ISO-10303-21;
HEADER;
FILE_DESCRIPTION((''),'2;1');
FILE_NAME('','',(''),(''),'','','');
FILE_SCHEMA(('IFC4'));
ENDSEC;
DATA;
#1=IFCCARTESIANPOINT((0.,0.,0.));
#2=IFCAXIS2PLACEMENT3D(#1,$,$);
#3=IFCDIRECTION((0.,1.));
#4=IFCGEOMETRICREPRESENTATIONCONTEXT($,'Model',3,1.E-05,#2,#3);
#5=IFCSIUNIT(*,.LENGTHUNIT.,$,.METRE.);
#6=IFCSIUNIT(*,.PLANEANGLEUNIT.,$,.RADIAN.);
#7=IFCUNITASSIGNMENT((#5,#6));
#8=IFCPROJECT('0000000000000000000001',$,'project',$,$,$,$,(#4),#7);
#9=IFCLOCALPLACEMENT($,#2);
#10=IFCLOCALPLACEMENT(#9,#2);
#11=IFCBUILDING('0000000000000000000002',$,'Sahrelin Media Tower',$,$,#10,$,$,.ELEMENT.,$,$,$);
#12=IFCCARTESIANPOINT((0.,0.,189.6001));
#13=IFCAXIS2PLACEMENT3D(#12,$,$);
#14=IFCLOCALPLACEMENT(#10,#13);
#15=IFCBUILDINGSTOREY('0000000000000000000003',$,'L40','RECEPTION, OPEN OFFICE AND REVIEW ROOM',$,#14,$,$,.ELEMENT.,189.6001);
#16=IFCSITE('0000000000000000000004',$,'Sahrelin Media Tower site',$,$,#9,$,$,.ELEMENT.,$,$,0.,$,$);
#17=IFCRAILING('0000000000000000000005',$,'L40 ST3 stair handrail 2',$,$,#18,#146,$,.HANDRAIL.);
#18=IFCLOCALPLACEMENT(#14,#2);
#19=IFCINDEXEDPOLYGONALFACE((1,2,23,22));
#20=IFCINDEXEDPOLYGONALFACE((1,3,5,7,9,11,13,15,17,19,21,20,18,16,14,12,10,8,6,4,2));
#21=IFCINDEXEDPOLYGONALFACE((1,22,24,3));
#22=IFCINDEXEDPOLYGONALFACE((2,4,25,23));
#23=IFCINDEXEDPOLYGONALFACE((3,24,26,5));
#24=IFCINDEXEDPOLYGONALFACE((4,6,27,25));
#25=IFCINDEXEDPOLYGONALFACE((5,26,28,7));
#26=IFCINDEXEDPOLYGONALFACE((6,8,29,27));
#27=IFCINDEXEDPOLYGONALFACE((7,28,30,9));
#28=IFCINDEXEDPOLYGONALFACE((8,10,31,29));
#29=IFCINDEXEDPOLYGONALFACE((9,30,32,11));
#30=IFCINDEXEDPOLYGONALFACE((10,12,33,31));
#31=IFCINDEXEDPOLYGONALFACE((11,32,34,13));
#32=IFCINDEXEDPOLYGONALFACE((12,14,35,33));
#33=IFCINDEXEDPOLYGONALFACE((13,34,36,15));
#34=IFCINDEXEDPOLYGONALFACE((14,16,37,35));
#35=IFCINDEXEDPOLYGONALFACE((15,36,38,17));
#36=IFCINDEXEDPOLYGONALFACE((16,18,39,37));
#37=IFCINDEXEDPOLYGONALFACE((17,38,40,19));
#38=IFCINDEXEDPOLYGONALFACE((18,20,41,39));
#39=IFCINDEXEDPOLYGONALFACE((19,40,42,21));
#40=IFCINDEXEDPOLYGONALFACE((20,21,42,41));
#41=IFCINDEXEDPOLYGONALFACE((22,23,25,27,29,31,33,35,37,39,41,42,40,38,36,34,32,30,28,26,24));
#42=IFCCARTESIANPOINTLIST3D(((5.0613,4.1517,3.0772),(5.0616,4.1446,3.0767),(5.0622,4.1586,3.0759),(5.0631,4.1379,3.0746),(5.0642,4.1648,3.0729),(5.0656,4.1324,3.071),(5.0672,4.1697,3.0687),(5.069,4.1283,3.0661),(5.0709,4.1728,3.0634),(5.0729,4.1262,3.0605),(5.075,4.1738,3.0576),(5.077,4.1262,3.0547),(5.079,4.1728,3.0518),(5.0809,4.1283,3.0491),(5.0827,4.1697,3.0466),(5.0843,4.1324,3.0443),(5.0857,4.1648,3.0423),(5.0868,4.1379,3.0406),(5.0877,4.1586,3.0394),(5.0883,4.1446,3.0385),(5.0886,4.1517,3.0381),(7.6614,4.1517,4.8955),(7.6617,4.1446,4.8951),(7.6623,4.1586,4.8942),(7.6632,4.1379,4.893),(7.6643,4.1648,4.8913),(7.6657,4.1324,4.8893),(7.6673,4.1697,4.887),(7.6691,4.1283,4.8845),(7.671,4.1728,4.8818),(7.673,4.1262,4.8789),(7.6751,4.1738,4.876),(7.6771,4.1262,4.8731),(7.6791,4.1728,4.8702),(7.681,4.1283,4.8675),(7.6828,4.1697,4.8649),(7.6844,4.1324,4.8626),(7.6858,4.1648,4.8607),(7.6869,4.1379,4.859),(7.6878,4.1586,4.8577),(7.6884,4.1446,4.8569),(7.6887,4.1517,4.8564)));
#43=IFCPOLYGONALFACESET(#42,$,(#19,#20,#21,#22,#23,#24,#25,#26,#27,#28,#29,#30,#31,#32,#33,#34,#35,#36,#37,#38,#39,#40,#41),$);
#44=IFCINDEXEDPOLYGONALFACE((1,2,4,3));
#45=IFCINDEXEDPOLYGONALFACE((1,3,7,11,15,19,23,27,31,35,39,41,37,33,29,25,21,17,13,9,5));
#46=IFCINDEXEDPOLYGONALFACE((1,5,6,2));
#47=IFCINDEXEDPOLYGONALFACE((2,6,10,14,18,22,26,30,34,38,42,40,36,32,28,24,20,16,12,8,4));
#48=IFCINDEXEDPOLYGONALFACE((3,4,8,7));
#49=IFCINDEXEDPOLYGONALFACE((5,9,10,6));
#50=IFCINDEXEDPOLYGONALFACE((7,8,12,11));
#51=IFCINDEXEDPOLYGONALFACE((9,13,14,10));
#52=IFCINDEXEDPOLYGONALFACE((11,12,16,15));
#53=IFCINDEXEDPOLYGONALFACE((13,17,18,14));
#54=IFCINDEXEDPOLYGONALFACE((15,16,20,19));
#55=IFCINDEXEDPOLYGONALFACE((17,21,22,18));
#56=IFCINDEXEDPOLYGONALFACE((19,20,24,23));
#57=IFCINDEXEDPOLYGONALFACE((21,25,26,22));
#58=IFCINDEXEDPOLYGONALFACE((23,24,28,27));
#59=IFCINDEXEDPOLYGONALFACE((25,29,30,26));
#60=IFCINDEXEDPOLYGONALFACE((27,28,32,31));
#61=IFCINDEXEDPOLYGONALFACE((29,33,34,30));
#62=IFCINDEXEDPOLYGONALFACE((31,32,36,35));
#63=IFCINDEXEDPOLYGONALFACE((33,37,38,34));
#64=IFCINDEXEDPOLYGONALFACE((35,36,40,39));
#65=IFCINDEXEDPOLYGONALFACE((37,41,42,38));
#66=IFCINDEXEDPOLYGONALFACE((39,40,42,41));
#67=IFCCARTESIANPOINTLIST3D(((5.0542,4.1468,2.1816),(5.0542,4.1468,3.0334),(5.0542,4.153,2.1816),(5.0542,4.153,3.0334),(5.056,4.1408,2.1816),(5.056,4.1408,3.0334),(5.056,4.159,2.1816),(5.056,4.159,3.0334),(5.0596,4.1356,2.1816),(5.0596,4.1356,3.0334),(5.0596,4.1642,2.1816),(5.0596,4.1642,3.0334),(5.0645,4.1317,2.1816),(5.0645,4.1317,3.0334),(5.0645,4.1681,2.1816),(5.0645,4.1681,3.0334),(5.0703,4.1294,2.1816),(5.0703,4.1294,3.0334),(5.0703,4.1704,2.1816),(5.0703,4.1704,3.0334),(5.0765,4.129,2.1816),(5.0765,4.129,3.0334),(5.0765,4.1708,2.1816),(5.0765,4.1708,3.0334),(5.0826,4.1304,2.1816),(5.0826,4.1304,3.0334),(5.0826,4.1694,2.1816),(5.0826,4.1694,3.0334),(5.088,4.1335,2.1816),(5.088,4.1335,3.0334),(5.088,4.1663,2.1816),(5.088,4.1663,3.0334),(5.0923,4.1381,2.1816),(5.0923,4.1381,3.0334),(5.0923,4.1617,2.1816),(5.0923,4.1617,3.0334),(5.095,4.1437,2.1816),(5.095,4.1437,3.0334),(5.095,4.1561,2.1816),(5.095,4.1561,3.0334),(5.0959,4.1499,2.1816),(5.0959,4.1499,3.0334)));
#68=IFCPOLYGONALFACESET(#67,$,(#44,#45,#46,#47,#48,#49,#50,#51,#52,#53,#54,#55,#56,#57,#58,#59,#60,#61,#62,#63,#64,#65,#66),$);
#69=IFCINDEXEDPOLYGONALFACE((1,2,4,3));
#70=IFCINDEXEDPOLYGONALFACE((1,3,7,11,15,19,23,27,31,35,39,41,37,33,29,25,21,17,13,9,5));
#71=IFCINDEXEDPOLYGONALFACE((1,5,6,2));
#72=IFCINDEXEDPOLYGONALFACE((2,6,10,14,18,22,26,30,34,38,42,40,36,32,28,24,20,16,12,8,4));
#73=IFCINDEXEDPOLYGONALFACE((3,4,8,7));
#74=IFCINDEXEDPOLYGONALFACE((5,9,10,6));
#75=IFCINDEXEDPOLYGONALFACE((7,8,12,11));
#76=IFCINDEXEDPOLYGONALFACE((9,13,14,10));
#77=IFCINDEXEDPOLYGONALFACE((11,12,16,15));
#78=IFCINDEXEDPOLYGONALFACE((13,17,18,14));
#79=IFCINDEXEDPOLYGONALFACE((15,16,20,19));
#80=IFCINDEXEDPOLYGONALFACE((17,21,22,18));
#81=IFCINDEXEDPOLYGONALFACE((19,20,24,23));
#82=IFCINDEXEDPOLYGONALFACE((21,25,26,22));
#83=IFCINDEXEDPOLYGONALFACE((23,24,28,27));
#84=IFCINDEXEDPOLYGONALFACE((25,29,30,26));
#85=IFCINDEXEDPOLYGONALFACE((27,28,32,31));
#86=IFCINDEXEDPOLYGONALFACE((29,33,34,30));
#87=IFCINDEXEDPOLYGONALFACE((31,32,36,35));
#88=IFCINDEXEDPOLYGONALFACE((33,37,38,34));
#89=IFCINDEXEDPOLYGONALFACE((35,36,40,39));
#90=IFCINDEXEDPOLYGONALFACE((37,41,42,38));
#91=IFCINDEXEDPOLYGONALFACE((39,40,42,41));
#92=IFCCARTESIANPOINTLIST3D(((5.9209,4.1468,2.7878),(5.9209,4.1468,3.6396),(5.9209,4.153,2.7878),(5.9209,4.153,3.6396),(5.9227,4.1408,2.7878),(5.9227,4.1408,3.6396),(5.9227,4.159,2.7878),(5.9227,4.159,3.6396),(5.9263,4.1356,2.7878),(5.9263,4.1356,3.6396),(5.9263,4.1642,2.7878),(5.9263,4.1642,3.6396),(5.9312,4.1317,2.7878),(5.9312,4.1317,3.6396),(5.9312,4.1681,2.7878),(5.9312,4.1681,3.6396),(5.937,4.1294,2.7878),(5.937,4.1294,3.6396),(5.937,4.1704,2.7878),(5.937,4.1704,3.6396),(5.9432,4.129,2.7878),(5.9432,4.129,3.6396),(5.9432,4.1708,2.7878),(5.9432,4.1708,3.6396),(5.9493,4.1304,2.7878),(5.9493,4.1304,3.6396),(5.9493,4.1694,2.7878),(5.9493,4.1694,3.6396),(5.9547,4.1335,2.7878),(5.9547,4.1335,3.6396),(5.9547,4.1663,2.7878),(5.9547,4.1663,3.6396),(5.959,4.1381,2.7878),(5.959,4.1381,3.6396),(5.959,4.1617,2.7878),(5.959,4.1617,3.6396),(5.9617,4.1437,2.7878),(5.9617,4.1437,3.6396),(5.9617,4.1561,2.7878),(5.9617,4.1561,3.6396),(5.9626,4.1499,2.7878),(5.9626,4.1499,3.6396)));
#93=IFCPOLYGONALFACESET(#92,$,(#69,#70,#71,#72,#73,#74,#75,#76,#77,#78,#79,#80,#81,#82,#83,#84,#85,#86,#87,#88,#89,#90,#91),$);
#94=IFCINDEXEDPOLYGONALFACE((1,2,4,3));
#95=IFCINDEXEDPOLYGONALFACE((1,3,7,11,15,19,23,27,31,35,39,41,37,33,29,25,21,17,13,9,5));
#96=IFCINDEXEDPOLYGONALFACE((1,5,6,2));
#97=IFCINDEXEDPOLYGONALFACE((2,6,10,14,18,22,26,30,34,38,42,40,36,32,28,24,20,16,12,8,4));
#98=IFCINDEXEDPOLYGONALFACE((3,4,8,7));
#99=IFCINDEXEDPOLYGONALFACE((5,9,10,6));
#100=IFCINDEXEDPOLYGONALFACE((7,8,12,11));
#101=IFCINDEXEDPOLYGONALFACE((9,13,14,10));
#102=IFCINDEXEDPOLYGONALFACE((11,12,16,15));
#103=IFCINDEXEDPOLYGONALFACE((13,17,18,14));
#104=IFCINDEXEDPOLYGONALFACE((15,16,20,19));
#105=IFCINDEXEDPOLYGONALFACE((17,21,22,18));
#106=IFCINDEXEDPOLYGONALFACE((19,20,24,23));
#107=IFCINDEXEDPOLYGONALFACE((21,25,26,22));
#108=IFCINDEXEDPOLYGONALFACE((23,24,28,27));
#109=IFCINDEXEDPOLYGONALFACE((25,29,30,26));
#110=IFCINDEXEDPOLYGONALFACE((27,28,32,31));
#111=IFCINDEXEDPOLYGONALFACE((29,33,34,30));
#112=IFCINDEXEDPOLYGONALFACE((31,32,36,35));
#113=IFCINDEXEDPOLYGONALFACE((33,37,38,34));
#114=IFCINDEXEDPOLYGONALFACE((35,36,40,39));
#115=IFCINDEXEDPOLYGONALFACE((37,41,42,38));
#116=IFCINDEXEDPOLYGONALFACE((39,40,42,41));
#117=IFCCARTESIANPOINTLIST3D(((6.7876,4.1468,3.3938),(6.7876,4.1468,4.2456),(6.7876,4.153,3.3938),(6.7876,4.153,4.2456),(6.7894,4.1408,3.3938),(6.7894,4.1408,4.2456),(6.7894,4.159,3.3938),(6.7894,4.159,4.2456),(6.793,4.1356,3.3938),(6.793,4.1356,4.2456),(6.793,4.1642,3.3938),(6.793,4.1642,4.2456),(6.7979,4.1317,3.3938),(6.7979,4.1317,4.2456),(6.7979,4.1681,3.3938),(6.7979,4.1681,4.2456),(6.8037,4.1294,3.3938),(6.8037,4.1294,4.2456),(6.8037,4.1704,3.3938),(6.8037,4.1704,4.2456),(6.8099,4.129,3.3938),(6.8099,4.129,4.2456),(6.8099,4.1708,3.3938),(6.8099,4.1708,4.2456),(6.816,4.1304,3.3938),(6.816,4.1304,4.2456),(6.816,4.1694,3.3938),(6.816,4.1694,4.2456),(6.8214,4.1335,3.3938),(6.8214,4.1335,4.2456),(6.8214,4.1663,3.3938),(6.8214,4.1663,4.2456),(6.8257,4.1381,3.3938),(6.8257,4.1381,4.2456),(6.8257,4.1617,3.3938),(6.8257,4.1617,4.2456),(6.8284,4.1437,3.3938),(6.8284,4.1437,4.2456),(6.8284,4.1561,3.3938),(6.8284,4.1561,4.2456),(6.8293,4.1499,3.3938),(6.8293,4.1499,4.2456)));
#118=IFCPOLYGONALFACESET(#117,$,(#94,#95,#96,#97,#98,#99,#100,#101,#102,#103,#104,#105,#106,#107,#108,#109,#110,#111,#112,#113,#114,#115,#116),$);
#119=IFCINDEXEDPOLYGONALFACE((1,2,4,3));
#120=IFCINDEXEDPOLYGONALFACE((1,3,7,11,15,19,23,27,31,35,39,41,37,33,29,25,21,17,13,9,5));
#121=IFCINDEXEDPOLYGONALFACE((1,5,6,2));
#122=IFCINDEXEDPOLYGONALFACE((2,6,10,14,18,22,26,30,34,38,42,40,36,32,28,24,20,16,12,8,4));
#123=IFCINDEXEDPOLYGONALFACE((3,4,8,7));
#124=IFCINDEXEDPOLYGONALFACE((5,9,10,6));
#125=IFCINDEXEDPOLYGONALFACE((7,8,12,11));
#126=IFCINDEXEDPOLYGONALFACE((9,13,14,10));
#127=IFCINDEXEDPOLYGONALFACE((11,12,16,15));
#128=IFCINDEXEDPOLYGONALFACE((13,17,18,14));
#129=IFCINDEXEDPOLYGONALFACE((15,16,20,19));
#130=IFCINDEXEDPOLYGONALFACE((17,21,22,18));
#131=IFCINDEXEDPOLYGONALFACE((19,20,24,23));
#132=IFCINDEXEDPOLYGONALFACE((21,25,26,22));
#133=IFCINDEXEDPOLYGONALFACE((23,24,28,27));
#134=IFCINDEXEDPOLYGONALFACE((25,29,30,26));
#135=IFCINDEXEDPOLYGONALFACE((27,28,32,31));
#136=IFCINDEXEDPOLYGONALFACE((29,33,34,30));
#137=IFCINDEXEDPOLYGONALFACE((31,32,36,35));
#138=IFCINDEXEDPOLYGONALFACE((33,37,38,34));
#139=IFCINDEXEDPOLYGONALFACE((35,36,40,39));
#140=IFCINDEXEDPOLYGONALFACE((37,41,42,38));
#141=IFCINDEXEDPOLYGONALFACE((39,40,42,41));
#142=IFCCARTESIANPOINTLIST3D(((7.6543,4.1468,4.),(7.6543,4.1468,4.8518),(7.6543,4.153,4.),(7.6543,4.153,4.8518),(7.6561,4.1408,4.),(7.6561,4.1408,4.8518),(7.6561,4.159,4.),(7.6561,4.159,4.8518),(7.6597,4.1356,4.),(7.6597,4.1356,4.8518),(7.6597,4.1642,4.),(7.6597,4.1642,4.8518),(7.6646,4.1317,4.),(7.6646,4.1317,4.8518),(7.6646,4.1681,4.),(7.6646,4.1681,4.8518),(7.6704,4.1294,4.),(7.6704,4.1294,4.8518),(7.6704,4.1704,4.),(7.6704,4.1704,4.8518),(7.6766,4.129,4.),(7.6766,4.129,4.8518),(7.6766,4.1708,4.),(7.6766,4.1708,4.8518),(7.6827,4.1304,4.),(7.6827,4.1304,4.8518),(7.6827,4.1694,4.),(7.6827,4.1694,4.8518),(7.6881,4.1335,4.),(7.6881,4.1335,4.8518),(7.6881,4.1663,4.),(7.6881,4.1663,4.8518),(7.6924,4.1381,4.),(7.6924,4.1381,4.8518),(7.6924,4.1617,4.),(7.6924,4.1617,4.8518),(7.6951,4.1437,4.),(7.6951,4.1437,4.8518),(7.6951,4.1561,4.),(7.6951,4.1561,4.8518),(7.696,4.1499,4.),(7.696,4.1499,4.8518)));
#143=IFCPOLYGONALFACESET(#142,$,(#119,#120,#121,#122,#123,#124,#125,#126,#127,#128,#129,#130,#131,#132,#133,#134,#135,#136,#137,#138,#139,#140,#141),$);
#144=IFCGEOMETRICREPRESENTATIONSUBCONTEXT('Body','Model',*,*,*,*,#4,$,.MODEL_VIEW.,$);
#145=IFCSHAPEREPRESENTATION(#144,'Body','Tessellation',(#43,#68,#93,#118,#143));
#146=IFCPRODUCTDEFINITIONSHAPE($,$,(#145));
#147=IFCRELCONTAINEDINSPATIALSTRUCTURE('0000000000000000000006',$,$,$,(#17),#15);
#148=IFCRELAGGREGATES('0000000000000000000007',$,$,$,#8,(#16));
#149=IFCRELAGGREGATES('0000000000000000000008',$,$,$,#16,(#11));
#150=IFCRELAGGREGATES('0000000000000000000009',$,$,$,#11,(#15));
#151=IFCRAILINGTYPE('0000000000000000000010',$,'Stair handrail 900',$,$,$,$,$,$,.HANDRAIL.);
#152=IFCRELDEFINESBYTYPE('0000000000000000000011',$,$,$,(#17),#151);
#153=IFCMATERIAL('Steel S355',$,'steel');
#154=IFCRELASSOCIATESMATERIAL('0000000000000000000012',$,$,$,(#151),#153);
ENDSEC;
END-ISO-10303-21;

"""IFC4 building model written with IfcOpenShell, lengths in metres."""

from ifc_helpers import new_model, si_unit, direction, frame, origin, origin_2d, place, context, subcontext, project, spatial, circle, extrude, material, type_object, element, save


model = new_model("IFC4")

# Units and contexts
model_context = context("Model", 3, precision=1e-05, world=origin(), true_north=direction((0.0, 1.0)))
body_context = subcontext(model_context, "Body", "Model", "MODEL_VIEW")
ifc_project = project(units=[si_unit("LENGTHUNIT", "METRE"), si_unit("PLANEANGLEUNIT", "RADIAN")], contexts=[model_context])

# Site, building, storey
site_placement = place(None, origin())
site = spatial("IfcSite", under=ifc_project, at=site_placement, Name="Sahrelin Media Tower site", CompositionType="ELEMENT", RefElevation=0.0)
building_placement = place(site_placement, origin())
building = spatial("IfcBuilding", under=site, at=building_placement, Name="Sahrelin Media Tower", CompositionType="ELEMENT")
storey_placement = place(building_placement, frame((0.0, 0.0, 189.6001)))
storey = spatial("IfcBuildingStorey", under=building, at=storey_placement, Name="L40", Description="RECEPTION, OPEN OFFICE AND REVIEW ROOM", CompositionType="ELEMENT", Elevation=189.6001)

# Shared definitions
ifc_material_1 = material(Name="Steel S355", Category="steel")

# Railing
railing_type_1 = type_object("IfcRailingType", Name="Stair handrail 900", PredefinedType="HANDRAIL", material=ifc_material_1)
railing_1_placement = place(storey_placement, frame((5.075, 4.1499, 2.1816)))
element("IfcRailing", 1, at=railing_1_placement, inside=storey, type_object=railing_type_1, Name="L40 ST3 stair handrail 2", PredefinedType="HANDRAIL", context=body_context, shape_type="SweptSolid", body=[
    extrude(circle(Radius=0.0239, at=origin_2d()), frame((0.0, 0.0, 0.876), z_axis=(0.819485, 0.0, 0.573101), x_axis=(0.0, 1.0, 0.0)), (0.0, 0.0, 1.0), 3.1729),
    extrude(circle(Radius=0.021, at=origin_2d()), origin(), (0.0, 0.0, 1.0), 0.8518),
    extrude(circle(Radius=0.021, at=origin_2d()), frame((0.8667, 0.0, 0.6062)), (0.0, 0.0, 1.0), 0.8518),
    extrude(circle(Radius=0.021, at=origin_2d()), frame((1.7334, 0.0, 1.2122)), (0.0, 0.0, 1.0), 0.8518),
    extrude(circle(Radius=0.021, at=origin_2d()), frame((2.6001, 0.0, 1.8184)), (0.0, 0.0, 1.0), 0.8518),
])

save(model, "model.ifc")
